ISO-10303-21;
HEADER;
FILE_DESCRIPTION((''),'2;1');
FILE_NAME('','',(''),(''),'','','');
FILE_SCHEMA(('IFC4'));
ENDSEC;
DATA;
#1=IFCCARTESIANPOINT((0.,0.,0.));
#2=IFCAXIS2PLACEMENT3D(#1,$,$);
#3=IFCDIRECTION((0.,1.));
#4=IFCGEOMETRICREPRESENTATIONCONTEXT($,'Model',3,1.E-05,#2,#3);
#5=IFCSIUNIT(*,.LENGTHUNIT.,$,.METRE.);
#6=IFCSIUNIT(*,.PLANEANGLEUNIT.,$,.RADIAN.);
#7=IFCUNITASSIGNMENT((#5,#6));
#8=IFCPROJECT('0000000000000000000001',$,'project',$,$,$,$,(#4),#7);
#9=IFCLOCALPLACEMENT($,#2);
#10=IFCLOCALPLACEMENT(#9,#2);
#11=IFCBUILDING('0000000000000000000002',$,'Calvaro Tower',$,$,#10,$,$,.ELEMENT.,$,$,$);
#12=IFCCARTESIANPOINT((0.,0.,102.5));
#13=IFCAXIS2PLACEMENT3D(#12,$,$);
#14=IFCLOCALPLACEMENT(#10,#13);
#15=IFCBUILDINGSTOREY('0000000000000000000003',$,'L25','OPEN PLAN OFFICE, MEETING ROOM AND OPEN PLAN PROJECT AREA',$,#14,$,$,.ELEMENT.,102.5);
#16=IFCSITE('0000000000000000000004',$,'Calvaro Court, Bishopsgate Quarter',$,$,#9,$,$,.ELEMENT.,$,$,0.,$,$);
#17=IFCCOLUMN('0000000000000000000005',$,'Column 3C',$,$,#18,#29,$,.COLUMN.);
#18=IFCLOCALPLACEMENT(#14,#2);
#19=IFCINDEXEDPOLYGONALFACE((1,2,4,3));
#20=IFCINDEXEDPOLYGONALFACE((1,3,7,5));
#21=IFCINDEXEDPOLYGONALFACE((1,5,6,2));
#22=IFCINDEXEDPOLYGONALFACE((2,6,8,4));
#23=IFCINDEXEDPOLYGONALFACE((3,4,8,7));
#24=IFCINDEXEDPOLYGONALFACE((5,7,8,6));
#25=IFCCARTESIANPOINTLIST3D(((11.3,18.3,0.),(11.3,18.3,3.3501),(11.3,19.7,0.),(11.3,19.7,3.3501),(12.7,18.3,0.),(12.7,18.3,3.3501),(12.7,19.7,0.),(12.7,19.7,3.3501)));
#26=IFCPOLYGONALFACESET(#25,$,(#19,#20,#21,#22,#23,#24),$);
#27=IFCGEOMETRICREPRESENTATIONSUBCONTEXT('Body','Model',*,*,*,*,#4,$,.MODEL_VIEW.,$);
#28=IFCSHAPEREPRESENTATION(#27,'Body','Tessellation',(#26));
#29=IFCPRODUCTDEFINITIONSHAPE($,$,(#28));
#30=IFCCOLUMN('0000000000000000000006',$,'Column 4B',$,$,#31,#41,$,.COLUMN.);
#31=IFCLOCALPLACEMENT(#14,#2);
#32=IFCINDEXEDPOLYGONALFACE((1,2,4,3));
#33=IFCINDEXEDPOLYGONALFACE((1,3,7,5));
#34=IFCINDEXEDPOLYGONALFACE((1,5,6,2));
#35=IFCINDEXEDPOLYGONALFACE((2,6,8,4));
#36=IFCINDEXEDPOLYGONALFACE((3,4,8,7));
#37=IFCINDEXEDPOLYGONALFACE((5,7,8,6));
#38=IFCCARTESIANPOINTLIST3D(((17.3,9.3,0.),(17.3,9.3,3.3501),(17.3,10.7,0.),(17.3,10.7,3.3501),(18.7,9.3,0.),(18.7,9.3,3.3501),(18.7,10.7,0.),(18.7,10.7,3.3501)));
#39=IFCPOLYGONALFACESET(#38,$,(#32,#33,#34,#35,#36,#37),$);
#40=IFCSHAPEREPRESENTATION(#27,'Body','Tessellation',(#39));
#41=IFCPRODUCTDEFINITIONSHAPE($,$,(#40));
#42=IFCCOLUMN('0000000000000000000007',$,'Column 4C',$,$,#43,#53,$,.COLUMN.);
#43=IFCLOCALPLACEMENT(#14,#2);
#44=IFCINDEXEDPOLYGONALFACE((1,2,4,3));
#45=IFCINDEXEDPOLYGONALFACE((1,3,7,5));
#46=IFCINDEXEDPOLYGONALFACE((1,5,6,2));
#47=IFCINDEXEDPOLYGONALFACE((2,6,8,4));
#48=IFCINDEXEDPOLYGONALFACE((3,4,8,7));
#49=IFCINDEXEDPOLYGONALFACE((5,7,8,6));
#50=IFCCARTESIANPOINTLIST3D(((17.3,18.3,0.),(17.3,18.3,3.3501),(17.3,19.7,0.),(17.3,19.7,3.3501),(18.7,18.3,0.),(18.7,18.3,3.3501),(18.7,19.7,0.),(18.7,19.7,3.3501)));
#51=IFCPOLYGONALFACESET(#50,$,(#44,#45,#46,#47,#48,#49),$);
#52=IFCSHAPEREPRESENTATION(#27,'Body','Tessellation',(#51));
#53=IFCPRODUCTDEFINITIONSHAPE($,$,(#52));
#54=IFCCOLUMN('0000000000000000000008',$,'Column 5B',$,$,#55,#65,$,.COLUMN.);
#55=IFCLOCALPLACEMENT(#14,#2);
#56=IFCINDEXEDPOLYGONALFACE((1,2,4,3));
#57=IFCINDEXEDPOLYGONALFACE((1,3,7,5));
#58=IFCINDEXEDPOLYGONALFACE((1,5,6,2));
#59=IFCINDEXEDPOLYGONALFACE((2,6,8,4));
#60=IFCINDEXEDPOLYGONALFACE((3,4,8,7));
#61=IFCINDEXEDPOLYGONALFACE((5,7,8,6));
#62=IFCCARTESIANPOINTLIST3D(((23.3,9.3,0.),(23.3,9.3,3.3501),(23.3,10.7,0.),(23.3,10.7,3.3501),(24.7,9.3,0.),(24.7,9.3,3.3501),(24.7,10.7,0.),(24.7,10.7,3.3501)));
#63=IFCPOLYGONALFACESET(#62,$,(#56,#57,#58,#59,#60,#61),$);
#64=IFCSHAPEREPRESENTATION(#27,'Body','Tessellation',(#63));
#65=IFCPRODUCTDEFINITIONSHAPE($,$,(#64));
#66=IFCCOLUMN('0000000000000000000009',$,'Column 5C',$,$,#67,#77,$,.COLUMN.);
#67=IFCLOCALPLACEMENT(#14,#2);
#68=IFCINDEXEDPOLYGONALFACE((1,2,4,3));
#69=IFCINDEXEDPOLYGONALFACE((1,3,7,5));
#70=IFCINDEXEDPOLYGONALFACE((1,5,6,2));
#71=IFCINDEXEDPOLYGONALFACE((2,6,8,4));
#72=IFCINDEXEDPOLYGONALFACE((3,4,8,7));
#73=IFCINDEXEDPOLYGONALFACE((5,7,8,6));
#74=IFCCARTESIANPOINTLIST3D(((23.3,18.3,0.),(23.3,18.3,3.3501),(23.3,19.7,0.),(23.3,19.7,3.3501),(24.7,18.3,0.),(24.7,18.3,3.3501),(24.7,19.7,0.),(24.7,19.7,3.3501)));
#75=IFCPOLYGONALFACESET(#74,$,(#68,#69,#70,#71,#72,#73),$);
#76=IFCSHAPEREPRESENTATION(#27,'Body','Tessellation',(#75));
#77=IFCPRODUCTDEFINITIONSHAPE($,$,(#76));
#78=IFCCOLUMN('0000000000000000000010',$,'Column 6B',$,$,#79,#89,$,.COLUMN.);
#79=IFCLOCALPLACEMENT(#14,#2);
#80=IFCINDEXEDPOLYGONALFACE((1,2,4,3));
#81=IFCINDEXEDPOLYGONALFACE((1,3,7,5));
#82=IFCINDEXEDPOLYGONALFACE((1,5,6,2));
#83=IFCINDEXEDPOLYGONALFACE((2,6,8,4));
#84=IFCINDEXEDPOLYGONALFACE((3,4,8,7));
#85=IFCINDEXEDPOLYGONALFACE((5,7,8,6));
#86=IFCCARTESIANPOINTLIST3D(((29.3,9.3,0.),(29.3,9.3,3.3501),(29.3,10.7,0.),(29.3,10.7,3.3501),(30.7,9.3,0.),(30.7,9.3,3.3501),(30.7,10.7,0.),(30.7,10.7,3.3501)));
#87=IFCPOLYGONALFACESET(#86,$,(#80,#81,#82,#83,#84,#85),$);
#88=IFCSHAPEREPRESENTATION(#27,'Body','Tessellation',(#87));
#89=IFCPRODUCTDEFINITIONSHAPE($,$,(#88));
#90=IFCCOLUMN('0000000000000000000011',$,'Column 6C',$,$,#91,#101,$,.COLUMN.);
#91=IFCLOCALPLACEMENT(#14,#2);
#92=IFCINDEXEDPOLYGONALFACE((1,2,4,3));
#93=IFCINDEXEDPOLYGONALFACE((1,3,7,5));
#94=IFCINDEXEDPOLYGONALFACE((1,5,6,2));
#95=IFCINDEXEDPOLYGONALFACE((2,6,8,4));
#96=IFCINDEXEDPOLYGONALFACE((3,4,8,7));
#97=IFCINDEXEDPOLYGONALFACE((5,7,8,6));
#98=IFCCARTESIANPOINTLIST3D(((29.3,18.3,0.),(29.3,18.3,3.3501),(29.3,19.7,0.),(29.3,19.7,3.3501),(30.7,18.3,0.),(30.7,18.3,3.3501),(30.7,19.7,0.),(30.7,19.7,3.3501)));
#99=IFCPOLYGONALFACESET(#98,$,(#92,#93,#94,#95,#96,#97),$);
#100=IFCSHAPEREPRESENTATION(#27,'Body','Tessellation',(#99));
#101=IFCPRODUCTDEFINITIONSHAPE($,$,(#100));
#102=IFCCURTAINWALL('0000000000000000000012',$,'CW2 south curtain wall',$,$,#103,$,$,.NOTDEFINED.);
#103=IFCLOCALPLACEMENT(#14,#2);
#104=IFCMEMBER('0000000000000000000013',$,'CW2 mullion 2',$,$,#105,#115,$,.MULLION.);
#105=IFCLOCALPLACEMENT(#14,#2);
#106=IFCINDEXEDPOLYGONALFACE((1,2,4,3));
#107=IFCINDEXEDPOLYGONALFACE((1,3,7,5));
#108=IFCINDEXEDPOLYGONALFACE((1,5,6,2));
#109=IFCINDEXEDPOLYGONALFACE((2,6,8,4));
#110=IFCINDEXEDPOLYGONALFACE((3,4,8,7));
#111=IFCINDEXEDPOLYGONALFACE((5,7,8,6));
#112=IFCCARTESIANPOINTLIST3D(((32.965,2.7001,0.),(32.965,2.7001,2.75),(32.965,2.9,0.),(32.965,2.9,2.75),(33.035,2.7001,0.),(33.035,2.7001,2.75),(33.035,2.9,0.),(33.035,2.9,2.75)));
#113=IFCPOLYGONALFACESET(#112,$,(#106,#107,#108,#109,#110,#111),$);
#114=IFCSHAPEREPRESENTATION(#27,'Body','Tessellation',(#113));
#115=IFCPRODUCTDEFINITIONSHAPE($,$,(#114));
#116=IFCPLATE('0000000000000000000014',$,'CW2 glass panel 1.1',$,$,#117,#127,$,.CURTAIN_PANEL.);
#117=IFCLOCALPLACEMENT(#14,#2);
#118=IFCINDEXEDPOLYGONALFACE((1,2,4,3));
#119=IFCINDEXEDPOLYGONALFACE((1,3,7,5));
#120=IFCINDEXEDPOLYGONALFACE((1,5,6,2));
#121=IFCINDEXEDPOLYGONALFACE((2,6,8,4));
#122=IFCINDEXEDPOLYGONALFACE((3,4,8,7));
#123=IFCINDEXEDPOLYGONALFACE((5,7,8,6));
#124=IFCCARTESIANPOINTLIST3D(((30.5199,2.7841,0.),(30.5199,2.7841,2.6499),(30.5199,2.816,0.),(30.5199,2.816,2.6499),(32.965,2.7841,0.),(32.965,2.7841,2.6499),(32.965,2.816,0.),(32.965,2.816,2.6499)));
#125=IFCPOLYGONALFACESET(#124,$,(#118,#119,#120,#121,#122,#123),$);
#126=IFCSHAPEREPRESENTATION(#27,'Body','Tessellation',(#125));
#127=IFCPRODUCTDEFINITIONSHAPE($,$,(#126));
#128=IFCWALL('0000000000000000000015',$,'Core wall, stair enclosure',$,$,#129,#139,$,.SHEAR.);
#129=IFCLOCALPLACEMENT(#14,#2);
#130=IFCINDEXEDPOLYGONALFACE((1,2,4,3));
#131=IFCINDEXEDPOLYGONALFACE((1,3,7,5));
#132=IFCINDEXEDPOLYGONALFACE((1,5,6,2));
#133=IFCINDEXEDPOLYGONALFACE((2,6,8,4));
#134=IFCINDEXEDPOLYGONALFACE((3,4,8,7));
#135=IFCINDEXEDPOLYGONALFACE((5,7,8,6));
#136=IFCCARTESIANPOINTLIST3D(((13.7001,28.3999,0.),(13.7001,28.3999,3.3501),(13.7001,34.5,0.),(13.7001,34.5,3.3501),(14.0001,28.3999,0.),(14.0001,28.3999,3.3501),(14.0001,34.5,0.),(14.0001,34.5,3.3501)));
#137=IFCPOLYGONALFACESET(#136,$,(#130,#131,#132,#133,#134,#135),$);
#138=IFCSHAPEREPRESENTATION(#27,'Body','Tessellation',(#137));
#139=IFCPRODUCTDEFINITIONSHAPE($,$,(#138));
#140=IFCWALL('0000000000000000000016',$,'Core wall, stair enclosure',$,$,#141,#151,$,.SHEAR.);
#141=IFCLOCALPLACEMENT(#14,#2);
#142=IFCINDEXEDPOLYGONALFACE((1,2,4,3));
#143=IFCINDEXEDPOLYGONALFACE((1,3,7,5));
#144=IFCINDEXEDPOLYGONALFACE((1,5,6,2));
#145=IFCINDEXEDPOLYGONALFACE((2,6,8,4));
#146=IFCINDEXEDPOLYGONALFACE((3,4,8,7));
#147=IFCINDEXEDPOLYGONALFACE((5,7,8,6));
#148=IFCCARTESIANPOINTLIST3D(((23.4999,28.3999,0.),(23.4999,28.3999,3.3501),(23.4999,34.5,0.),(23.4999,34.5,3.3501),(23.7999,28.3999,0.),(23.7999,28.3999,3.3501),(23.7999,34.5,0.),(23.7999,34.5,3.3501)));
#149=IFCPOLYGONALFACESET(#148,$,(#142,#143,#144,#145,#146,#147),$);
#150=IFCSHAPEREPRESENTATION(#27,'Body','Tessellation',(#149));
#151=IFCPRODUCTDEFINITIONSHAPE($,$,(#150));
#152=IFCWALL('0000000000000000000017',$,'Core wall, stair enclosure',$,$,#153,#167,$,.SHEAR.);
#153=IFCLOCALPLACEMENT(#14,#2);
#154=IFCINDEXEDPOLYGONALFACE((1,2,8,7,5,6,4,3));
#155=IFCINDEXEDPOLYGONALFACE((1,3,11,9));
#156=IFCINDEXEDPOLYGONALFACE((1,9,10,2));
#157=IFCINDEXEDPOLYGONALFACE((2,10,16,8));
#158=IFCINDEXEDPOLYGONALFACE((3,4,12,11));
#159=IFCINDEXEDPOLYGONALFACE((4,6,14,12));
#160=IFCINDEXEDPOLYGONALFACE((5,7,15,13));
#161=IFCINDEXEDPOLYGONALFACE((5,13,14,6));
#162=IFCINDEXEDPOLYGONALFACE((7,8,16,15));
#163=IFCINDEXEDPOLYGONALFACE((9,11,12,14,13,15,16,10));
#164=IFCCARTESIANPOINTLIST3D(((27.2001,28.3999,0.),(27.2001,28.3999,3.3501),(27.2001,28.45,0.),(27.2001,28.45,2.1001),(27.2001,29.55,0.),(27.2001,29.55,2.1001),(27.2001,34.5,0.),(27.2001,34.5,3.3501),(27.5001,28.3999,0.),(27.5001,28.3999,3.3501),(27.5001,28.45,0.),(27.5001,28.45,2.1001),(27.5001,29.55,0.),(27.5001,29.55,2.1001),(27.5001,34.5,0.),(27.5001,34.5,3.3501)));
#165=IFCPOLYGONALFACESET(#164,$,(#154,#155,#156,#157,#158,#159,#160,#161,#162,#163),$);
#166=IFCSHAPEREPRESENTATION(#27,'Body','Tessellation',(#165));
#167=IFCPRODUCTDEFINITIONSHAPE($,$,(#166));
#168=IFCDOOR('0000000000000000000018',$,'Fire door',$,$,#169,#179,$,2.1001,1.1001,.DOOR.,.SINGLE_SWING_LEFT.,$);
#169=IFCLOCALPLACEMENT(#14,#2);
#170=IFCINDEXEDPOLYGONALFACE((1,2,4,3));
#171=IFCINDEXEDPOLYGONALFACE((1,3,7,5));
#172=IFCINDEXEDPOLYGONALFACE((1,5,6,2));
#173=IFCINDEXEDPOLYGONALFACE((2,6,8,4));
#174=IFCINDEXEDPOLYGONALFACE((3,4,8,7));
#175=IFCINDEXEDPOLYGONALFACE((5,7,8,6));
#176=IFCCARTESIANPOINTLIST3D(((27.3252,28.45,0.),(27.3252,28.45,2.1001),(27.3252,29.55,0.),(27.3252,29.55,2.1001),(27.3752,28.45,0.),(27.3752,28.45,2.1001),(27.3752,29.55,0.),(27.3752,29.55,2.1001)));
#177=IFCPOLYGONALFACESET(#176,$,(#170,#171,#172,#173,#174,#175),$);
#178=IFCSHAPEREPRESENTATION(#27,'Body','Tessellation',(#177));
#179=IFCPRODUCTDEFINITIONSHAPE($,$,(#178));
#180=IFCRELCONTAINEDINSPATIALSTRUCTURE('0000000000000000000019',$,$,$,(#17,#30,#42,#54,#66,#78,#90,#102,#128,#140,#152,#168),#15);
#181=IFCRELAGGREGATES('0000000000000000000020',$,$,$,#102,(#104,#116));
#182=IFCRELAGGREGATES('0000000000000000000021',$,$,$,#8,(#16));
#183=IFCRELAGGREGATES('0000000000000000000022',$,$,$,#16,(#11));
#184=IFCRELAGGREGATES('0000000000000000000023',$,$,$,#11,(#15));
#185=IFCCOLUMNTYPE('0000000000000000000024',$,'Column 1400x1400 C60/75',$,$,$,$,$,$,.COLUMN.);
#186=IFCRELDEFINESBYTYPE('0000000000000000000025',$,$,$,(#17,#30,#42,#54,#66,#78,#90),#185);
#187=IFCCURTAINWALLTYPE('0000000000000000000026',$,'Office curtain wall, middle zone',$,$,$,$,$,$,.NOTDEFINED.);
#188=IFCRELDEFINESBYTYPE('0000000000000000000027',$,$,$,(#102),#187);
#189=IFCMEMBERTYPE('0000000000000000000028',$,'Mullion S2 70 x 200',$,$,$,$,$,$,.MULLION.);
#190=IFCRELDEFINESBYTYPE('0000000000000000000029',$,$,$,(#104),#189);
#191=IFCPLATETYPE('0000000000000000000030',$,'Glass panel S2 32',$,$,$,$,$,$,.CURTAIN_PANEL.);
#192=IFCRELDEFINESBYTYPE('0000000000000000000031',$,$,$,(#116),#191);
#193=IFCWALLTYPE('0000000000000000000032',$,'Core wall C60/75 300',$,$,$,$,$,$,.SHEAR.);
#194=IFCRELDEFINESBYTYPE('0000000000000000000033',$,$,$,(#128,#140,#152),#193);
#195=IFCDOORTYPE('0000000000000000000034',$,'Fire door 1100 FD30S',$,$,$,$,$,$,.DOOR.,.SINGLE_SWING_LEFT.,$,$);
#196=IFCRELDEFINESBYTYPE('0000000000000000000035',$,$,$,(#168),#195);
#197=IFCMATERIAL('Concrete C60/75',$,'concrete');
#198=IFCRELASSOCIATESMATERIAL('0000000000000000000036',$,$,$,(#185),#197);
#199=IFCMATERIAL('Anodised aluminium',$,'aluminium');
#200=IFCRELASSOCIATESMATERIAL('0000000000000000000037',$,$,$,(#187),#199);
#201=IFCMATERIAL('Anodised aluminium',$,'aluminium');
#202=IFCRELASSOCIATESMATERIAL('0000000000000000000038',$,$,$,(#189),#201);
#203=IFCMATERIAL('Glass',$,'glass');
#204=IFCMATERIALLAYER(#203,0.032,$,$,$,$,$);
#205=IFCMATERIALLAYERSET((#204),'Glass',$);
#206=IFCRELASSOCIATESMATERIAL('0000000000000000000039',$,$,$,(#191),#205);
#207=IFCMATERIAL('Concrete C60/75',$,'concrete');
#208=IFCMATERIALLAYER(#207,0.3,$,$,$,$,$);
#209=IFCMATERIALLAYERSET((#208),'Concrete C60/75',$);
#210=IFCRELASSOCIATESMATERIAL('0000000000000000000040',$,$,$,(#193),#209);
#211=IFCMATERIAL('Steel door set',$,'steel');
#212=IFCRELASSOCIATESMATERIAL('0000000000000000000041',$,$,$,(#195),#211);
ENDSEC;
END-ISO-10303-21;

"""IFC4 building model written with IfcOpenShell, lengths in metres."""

from ifc_helpers import new_model, si_unit, direction, frame, frame_2d, origin, origin_2d, place, context, subcontext, project, spatial, rectangle, extrude, material, layer, layer_set, material_profile, profile_set, type_object, element, fill, aggregate, save


model = new_model("IFC4")

# Units and contexts
model_context = context("Model", 3, precision=1e-05, world=origin(), true_north=direction((0.0, 1.0)))
body_context = subcontext(model_context, "Body", "Model", "MODEL_VIEW")
ifc_project = project(units=[si_unit("LENGTHUNIT", "METRE"), si_unit("PLANEANGLEUNIT", "RADIAN")], contexts=[model_context])

# Site, building, storey
site_placement = place(None, origin())
site = spatial("IfcSite", under=ifc_project, at=site_placement, Name="Calvaro Court, Bishopsgate Quarter", CompositionType="ELEMENT", RefElevation=0.0)
building_placement = place(site_placement, origin())
building = spatial("IfcBuilding", under=site, at=building_placement, Name="Calvaro Tower", CompositionType="ELEMENT")
storey_placement = place(building_placement, frame((0.0, 0.0, 102.5)))
storey = spatial("IfcBuildingStorey", under=building, at=storey_placement, Name="L25", Description="OPEN PLAN OFFICE, MEETING ROOM AND OPEN PLAN PROJECT AREA", CompositionType="ELEMENT", Elevation=102.5)

# Columns
ifc_material_1 = material(Name="Concrete C60/75", Category="concrete")
ifc_material_profile_1 = material_profile(ifc_material_1, rectangle(XDim=1.3999, YDim=1.3999, at=origin_2d()), Name="RC 1400x1400")
ifc_profile_set_1 = profile_set([ifc_material_profile_1], Name="Concrete C60/75")
column_type = type_object("IfcColumnType", Name="Column 1400x1400 C60/75", PredefinedType="COLUMN", material=ifc_profile_set_1)
for number, where, z_axis, x_axis, name in (
    (1, (12.0, 19.0, 0.0), (0.0, 0.0, 1.0), (1.0, 0.0, 0.0), "Column 3C"),
    (2, (18.0, 10.0, 0.0), (0.0, 0.0, 1.0), (1.0, 0.0, 0.0), "Column 4B"),
    (3, (18.0, 19.0, 0.0), (0.0, 0.0, 1.0), (1.0, 0.0, 0.0), "Column 4C"),
    (4, (24.0, 10.0, 0.0), (0.0, 0.0, 1.0), (1.0, 0.0, 0.0), "Column 5B"),
    (5, (24.0, 19.0, 0.0), (0.0, 0.0, 1.0), (1.0, 0.0, 0.0), "Column 5C"),
    (6, (30.0, 10.0, 0.0), (0.0, 0.0, 1.0), (1.0, 0.0, 0.0), "Column 6B"),
    (7, (30.0, 19.0, 0.0), (0.0, 0.0, 1.0), (1.0, 0.0, 0.0), "Column 6C"),
):
    element("IfcColumn", number, at=place(storey_placement, frame(where, z_axis=z_axis, x_axis=x_axis)), inside=storey, type_object=column_type, Name=name, PredefinedType="COLUMN", context=body_context, shape_type="SweptSolid", body=[
        extrude(rectangle(XDim=1.3999, YDim=1.3999, at=origin_2d()), origin(), (0.0, 0.0, 1.0), 3.3501),
    ])

# Curtain wall, member, plate
ifc_material_2 = material(Name="Anodised aluminium", Category="aluminium")
curtain_wall_type = type_object("IfcCurtainWallType", Name="Office curtain wall, middle zone", PredefinedType="NOTDEFINED", material=ifc_material_2)
curtain_wall_placement = place(storey_placement, origin())
curtain_wall = element("IfcCurtainWall", 8, at=curtain_wall_placement, inside=storey, type_object=curtain_wall_type, Name="CW2 south curtain wall", PredefinedType="NOTDEFINED")
ifc_material_3 = material(Name="Anodised aluminium", Category="aluminium")
ifc_material_profile_2 = material_profile(ifc_material_3, rectangle(XDim=0.2, YDim=0.0701, at=origin_2d()), Name="Mullion S2 70 x 200")
ifc_profile_set_2 = profile_set([ifc_material_profile_2], Name="Anodised aluminium")
member_type = type_object("IfcMemberType", Name="Mullion S2 70 x 200", PredefinedType="MULLION", material=ifc_profile_set_2)
member_placement = place(storey_placement, frame((33.0, 2.8, 0.0), z_axis=(0.0, 0.0, 1.0), x_axis=(0.0, 1.0, 0.0)))
member = element("IfcMember", 9, at=member_placement, type_object=member_type, Name="CW2 mullion 2", PredefinedType="MULLION", context=body_context, shape_type="SweptSolid", body=[
    extrude(rectangle(XDim=0.2, YDim=0.0701, at=origin_2d()), origin(), (0.0, 0.0, 1.0), 2.75),
])
ifc_material_4 = material(Name="Glass", Category="glass")
ifc_layer_1 = layer(ifc_material_4, 0.032)
ifc_layer_set_1 = layer_set([ifc_layer_1], Name="Glass")
plate_type = type_object("IfcPlateType", Name="Glass panel S2 32", PredefinedType="CURTAIN_PANEL", material=ifc_layer_set_1)
plate_placement = place(storey_placement, frame((31.7424, 2.8, 0.0), z_axis=(0.0, 0.0, 1.0), x_axis=(1.0, 0.0, 0.0)))
plate = element("IfcPlate", 10, at=plate_placement, type_object=plate_type, Name="CW2 glass panel 1.1", PredefinedType="CURTAIN_PANEL", context=body_context, shape_type="SweptSolid", body=[
    extrude(rectangle(XDim=2.4451, YDim=0.032, at=origin_2d()), origin(), (0.0, 0.0, 1.0), 2.6499),
])
aggregate(curtain_wall, [member, plate])

# Walls
ifc_material_5 = material(Name="Concrete C60/75", Category="concrete")
ifc_layer_2 = layer(ifc_material_5, 0.3)
ifc_layer_set_2 = layer_set([ifc_layer_2], Name="Concrete C60/75")
wall_type_1 = type_object("IfcWallType", Name="Core wall C60/75 300", PredefinedType="SHEAR", material=ifc_layer_set_2)
for number, where, z_axis, x_axis, name in (
    (11, (13.8501, 28.3999, 0.0), (0.0, 0.0, 1.0), (0.0, 1.0, 0.0), "Core wall, stair enclosure"),
    (12, (23.6499, 28.3999, 0.0), (0.0, 0.0, 1.0), (0.0, 1.0, 0.0), "Core wall, stair enclosure"),
):
    element("IfcWall", number, at=place(storey_placement, frame(where, z_axis=z_axis, x_axis=x_axis)), inside=storey, type_object=wall_type_1, Name=name, PredefinedType="SHEAR", context=body_context, shape_type="SweptSolid", body=[
        extrude(rectangle(XDim=6.1001, YDim=0.3, at=frame_2d((3.05, 0.0))), origin(), (0.0, 0.0, 1.0), 3.3501),
    ])

# Wall, opening, door
wall_1_placement = place(storey_placement, frame((27.3501, 28.3999, 0.0), z_axis=(0.0, 0.0, 1.0), x_axis=(0.0, 1.0, 0.0)))
wall_1 = element("IfcWall", 13, at=wall_1_placement, inside=storey, type_object=wall_type_1, Name="Core wall, stair enclosure", PredefinedType="SHEAR", context=body_context, shape_type="SweptSolid", body=[
    extrude(rectangle(XDim=6.1001, YDim=0.3, at=frame_2d((3.05, 0.0))), origin(), (0.0, 0.0, 1.0), 3.3501),
])
opening_1_placement = place(wall_1_placement, frame((0.05, 0.0, 0.0)))
opening_1 = element("IfcOpeningElement", 14, at=opening_1_placement, cuts=wall_1, PredefinedType="OPENING", context=body_context, shape_type="SweptSolid", body=[
    extrude(rectangle(XDim=1.1001, YDim=2.1001, at=frame_2d((0.55, 1.05))), frame((0.0, 0.1599, 0.0), z_axis=(0.0, -1.0, 0.0), x_axis=(1.0, 0.0, 0.0)), (0.0, 0.0, 1.0), 0.3201),
])
ifc_material_6 = material(Name="Steel door set", Category="steel")
door_type_1 = type_object("IfcDoorType", Name="Fire door 1100 FD30S", OperationType="SINGLE_SWING_LEFT", PredefinedType="DOOR", material=ifc_material_6)
door_1_placement = place(opening_1_placement, origin())
door_1 = element("IfcDoor", 15, at=door_1_placement, inside=storey, type_object=door_type_1, Name="Fire door", OperationType="SINGLE_SWING_LEFT", OverallHeight=2.1001, OverallWidth=1.1001, PredefinedType="DOOR", context=body_context, shape_type="SweptSolid", body=[
    extrude(rectangle(XDim=1.1001, YDim=2.1001, at=frame_2d((0.55, 1.05))), frame((0.0, 0.0249, 0.0), z_axis=(0.0, -1.0, 0.0), x_axis=(1.0, 0.0, 0.0)), (0.0, 0.0, 1.0), 0.05),
])
fill(opening_1, door_1)

save(model, "model.ifc")
